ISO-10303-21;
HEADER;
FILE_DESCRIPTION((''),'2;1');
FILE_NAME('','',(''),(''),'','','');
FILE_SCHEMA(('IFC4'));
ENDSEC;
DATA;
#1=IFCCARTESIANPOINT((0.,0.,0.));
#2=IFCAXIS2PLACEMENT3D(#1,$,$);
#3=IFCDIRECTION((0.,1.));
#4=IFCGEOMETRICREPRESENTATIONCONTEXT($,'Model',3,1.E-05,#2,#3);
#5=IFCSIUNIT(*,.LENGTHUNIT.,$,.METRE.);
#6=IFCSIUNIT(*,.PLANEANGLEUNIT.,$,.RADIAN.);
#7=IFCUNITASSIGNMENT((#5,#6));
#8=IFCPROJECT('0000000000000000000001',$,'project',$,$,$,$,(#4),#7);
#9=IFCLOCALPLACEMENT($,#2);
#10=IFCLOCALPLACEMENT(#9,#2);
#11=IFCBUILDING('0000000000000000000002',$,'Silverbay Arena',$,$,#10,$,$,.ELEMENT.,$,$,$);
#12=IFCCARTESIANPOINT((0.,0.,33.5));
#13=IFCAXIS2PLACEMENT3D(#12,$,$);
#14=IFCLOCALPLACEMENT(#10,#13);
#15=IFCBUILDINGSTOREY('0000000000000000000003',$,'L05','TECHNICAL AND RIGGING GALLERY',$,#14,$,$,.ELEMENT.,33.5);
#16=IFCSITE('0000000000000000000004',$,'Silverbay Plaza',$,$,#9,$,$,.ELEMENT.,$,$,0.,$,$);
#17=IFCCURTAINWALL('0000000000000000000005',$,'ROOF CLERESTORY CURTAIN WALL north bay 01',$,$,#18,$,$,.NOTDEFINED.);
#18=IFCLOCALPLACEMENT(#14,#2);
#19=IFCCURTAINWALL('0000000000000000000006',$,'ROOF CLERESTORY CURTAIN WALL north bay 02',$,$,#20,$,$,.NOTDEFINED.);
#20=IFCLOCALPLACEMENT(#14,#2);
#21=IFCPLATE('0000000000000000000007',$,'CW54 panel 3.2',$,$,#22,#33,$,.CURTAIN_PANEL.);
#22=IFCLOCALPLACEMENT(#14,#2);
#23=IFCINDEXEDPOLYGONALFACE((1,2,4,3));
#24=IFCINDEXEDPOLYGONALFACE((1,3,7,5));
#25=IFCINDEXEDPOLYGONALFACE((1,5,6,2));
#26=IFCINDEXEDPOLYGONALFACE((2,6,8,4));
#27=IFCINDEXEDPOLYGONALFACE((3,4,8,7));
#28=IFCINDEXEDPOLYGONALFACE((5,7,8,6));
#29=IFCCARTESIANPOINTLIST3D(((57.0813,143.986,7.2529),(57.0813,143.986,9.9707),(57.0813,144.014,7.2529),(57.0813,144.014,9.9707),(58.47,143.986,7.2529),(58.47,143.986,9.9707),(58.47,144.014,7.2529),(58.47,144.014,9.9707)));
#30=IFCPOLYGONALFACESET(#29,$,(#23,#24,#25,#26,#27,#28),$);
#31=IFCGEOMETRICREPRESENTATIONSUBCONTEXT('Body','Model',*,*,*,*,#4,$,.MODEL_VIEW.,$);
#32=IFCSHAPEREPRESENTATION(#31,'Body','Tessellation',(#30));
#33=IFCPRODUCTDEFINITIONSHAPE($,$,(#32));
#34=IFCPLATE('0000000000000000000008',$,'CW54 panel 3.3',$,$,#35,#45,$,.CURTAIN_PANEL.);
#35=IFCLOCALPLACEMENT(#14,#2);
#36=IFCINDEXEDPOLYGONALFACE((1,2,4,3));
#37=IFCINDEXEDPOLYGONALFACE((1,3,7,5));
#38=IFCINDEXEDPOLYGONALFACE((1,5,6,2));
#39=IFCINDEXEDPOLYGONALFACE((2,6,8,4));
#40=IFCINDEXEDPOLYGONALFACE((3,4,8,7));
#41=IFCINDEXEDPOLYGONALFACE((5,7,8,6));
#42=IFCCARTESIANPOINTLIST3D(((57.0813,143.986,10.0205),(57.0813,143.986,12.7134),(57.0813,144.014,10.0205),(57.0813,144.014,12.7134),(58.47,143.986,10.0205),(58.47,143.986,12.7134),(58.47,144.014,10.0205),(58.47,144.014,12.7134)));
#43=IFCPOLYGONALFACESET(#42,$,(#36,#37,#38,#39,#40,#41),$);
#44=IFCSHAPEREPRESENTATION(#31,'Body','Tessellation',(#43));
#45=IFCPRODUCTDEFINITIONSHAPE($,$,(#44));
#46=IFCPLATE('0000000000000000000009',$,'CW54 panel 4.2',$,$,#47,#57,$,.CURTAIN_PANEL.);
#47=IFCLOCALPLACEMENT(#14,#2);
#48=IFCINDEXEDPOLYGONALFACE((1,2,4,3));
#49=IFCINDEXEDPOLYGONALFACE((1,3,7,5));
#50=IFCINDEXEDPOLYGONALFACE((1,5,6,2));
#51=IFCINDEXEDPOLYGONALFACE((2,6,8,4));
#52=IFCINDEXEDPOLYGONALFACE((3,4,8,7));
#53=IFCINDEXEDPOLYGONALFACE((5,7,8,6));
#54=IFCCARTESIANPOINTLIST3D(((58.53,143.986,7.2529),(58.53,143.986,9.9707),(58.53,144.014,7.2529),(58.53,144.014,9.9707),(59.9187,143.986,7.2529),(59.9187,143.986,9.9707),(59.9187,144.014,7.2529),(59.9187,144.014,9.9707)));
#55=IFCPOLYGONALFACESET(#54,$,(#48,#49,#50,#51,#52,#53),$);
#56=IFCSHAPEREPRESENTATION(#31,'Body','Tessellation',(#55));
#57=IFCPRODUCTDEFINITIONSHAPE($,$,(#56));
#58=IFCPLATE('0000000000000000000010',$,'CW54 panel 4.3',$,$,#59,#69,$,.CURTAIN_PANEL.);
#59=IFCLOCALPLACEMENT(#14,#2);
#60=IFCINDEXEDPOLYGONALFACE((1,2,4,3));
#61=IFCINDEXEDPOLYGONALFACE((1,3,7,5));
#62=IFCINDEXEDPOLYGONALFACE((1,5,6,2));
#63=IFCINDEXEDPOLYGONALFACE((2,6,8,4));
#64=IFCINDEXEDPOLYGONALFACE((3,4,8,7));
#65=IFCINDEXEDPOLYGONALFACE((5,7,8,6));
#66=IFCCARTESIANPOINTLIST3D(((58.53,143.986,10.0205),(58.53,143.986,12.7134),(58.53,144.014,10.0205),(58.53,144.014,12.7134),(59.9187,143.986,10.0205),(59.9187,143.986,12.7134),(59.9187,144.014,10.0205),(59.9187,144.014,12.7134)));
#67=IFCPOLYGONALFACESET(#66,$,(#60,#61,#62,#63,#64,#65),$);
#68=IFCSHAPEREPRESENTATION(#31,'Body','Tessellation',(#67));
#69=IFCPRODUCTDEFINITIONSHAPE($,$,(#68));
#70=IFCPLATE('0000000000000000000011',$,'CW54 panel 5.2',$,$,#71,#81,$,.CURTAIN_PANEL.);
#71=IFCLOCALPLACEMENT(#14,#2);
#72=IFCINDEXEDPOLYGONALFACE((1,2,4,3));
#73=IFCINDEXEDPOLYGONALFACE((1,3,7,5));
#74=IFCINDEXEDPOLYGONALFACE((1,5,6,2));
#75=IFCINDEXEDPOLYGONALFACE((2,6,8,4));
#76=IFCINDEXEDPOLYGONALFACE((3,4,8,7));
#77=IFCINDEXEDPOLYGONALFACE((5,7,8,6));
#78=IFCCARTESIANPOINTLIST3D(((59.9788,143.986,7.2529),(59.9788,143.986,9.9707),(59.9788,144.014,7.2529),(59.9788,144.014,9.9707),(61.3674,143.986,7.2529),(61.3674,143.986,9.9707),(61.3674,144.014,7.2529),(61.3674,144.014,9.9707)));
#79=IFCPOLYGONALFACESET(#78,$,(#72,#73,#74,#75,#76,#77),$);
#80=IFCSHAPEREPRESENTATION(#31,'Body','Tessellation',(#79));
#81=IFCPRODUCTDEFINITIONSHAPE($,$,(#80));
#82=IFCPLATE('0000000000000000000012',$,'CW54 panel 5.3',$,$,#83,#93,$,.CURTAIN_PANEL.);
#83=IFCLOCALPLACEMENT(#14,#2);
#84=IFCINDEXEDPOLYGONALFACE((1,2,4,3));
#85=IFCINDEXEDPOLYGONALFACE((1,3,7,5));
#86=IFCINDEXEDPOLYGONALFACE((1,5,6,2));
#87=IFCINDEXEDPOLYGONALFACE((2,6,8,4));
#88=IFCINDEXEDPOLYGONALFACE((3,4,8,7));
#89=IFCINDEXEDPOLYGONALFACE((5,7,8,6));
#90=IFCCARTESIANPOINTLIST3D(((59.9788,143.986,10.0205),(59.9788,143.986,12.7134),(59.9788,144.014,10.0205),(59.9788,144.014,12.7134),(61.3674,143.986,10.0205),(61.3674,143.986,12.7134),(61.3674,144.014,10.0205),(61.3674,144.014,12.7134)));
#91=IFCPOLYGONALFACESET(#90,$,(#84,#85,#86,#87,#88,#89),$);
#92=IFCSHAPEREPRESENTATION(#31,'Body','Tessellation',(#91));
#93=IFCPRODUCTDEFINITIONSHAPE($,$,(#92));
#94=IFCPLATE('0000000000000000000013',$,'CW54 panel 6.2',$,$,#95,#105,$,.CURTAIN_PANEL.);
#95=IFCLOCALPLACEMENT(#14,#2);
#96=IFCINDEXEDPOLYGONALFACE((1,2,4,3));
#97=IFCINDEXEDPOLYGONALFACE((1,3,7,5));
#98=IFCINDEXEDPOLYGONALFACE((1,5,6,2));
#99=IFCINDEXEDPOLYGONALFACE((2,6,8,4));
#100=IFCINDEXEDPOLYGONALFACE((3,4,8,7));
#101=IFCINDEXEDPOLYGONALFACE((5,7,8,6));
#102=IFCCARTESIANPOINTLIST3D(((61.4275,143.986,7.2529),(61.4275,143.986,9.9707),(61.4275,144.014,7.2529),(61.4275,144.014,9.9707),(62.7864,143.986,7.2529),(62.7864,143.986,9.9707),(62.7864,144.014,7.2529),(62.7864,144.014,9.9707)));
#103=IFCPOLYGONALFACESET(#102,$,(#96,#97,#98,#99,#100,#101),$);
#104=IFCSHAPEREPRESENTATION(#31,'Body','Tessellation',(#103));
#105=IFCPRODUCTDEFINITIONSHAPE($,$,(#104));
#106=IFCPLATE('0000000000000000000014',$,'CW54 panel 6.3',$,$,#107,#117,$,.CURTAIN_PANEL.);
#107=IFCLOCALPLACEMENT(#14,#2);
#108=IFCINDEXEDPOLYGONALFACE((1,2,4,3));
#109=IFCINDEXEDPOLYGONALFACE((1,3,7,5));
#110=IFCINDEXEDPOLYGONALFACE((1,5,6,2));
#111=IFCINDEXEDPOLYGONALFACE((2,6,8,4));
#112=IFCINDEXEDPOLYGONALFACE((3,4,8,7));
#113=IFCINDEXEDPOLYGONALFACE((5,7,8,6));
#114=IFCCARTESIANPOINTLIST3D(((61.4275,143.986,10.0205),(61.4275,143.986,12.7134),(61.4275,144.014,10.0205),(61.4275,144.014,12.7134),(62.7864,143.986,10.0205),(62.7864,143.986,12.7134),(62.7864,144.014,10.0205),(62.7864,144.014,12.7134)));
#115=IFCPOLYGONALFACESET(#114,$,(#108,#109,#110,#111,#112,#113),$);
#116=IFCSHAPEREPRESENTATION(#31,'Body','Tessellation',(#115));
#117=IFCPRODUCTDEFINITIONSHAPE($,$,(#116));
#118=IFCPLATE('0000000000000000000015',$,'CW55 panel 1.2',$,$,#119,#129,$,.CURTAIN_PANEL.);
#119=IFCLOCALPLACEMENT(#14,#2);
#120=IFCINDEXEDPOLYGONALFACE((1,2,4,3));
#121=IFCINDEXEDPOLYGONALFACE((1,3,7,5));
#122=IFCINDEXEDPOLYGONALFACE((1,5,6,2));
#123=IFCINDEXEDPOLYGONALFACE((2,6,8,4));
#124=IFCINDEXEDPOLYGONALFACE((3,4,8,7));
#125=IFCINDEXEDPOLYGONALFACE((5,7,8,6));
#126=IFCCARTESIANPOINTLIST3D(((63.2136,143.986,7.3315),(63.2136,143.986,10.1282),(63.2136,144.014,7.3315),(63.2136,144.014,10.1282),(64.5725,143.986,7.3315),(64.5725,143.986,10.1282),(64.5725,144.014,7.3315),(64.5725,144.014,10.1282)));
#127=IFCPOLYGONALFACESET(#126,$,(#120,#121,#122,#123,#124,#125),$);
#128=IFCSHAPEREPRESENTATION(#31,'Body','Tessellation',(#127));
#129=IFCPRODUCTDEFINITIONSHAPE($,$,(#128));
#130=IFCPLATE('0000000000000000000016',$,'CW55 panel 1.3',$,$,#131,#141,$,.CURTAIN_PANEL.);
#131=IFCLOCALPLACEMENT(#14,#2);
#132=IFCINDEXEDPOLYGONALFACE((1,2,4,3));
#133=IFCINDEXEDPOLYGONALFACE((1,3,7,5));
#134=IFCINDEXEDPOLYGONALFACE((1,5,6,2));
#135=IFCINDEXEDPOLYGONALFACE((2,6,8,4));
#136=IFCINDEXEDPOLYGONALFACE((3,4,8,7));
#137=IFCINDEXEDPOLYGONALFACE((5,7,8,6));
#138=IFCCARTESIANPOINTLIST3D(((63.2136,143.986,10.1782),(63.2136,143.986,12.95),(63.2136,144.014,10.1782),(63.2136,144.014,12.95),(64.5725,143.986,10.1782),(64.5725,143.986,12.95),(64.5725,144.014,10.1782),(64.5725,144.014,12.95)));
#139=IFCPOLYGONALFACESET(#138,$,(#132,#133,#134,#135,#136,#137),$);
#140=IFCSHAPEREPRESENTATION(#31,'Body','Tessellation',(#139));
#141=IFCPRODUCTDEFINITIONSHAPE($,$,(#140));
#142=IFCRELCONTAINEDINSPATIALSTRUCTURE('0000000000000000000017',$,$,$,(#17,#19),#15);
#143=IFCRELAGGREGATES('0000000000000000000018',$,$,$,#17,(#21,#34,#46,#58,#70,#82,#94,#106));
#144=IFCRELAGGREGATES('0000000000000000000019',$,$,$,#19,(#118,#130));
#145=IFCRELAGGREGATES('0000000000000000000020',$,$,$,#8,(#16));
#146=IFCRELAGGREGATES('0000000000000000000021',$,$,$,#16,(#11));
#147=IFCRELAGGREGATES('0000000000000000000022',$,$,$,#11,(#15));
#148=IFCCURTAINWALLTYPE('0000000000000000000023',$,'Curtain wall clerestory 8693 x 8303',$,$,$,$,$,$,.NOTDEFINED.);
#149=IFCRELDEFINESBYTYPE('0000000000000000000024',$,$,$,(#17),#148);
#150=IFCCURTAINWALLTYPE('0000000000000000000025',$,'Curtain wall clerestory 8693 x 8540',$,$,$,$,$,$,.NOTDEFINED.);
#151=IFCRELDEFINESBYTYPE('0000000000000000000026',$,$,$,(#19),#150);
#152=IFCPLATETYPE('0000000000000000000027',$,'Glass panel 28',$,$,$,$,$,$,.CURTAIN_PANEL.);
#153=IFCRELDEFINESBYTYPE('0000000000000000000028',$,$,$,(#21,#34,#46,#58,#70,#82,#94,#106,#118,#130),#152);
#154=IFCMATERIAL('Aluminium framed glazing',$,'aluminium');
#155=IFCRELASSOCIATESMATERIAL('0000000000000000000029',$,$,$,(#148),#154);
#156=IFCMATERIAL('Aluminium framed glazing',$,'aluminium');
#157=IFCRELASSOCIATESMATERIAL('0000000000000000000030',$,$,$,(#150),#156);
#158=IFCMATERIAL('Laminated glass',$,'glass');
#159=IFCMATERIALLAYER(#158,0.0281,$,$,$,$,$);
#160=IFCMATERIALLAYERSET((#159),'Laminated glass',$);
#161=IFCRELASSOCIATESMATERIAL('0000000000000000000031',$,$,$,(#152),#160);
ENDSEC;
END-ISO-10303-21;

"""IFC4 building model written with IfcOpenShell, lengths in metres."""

from ifc_helpers import new_model, si_unit, direction, frame, origin, origin_2d, place, context, subcontext, project, spatial, rectangle, extrude, material, layer, layer_set, type_object, element, aggregate, save


model = new_model("IFC4")

# Units and contexts
model_context = context("Model", 3, precision=1e-05, world=origin(), true_north=direction((0.0, 1.0)))
body_context = subcontext(model_context, "Body", "Model", "MODEL_VIEW")
ifc_project = project(units=[si_unit("LENGTHUNIT", "METRE"), si_unit("PLANEANGLEUNIT", "RADIAN")], contexts=[model_context])

# Site, building, storey
site_placement = place(None, origin())
site = spatial("IfcSite", under=ifc_project, at=site_placement, Name="Silverbay Plaza", CompositionType="ELEMENT", RefElevation=0.0)
building_placement = place(site_placement, origin())
building = spatial("IfcBuilding", under=site, at=building_placement, Name="Silverbay Arena", CompositionType="ELEMENT")
storey_placement = place(building_placement, frame((0.0, 0.0, 33.5)))
storey = spatial("IfcBuildingStorey", under=building, at=storey_placement, Name="L05", Description="TECHNICAL AND RIGGING GALLERY", CompositionType="ELEMENT", Elevation=33.5)

# Curtain walls
ifc_material_1 = material(Name="Aluminium framed glazing", Category="aluminium")
curtain_wall_type_1 = type_object("IfcCurtainWallType", Name="Curtain wall clerestory 8693 x 8303", PredefinedType="NOTDEFINED", material=ifc_material_1)
curtain_wall_1_placement = place(storey_placement, origin())
curtain_wall_1 = element("IfcCurtainWall", 1, at=curtain_wall_1_placement, inside=storey, type_object=curtain_wall_type_1, Name="ROOF CLERESTORY CURTAIN WALL north bay 01", PredefinedType="NOTDEFINED")
ifc_material_2 = material(Name="Aluminium framed glazing", Category="aluminium")
curtain_wall_type_2 = type_object("IfcCurtainWallType", Name="Curtain wall clerestory 8693 x 8540", PredefinedType="NOTDEFINED", material=ifc_material_2)
curtain_wall_2_placement = place(storey_placement, origin())
curtain_wall_2 = element("IfcCurtainWall", 2, at=curtain_wall_2_placement, inside=storey, type_object=curtain_wall_type_2, Name="ROOF CLERESTORY CURTAIN WALL north bay 02", PredefinedType="NOTDEFINED")

# Plates
ifc_material_3 = material(Name="Laminated glass", Category="glass")
ifc_layer = layer(ifc_material_3, 0.0281)
ifc_layer_set = layer_set([ifc_layer], Name="Laminated glass")
plate_type = type_object("IfcPlateType", Name="Glass panel 28", PredefinedType="CURTAIN_PANEL", material=ifc_layer_set)
plate_1_placement = place(storey_placement, frame((57.7756, 144.0, 7.2529), z_axis=(0.0, 0.0, 1.0), x_axis=(1.0, 0.0, 0.0)))
plate_1 = element("IfcPlate", 3, at=plate_1_placement, type_object=plate_type, Name="CW54 panel 3.2", PredefinedType="CURTAIN_PANEL", context=body_context, shape_type="SweptSolid", body=[
    extrude(rectangle(XDim=1.3887, YDim=0.0281, at=origin_2d()), origin(), (0.0, 0.0, 1.0), 2.7178),
])
plate_2_placement = place(storey_placement, frame((57.7756, 144.0, 10.0205), z_axis=(0.0, 0.0, 1.0), x_axis=(1.0, 0.0, 0.0)))
plate_2 = element("IfcPlate", 4, at=plate_2_placement, type_object=plate_type, Name="CW54 panel 3.3", PredefinedType="CURTAIN_PANEL", context=body_context, shape_type="SweptSolid", body=[
    extrude(rectangle(XDim=1.3887, YDim=0.0281, at=origin_2d()), origin(), (0.0, 0.0, 1.0), 2.6929),
])
plate_3_placement = place(storey_placement, frame((59.2244, 144.0, 7.2529), z_axis=(0.0, 0.0, 1.0), x_axis=(1.0, 0.0, 0.0)))
plate_3 = element("IfcPlate", 5, at=plate_3_placement, type_object=plate_type, Name="CW54 panel 4.2", PredefinedType="CURTAIN_PANEL", context=body_context, shape_type="SweptSolid", body=[
    extrude(rectangle(XDim=1.3887, YDim=0.0281, at=origin_2d()), origin(), (0.0, 0.0, 1.0), 2.7178),
])
plate_4_placement = place(storey_placement, frame((59.2244, 144.0, 10.0205), z_axis=(0.0, 0.0, 1.0), x_axis=(1.0, 0.0, 0.0)))
plate_4 = element("IfcPlate", 6, at=plate_4_placement, type_object=plate_type, Name="CW54 panel 4.3", PredefinedType="CURTAIN_PANEL", context=body_context, shape_type="SweptSolid", body=[
    extrude(rectangle(XDim=1.3887, YDim=0.0281, at=origin_2d()), origin(), (0.0, 0.0, 1.0), 2.6929),
])
plate_5_placement = place(storey_placement, frame((60.6731, 144.0, 7.2529), z_axis=(0.0, 0.0, 1.0), x_axis=(1.0, 0.0, 0.0)))
plate_5 = element("IfcPlate", 7, at=plate_5_placement, type_object=plate_type, Name="CW54 panel 5.2", PredefinedType="CURTAIN_PANEL", context=body_context, shape_type="SweptSolid", body=[
    extrude(rectangle(XDim=1.3887, YDim=0.0281, at=origin_2d()), origin(), (0.0, 0.0, 1.0), 2.7178),
])
plate_6_placement = place(storey_placement, frame((60.6731, 144.0, 10.0205), z_axis=(0.0, 0.0, 1.0), x_axis=(1.0, 0.0, 0.0)))
plate_6 = element("IfcPlate", 8, at=plate_6_placement, type_object=plate_type, Name="CW54 panel 5.3", PredefinedType="CURTAIN_PANEL", context=body_context, shape_type="SweptSolid", body=[
    extrude(rectangle(XDim=1.3887, YDim=0.0281, at=origin_2d()), origin(), (0.0, 0.0, 1.0), 2.6929),
])
plate_7_placement = place(storey_placement, frame((62.1069, 144.0, 7.2529), z_axis=(0.0, 0.0, 1.0), x_axis=(1.0, 0.0, 0.0)))
plate_7 = element("IfcPlate", 9, at=plate_7_placement, type_object=plate_type, Name="CW54 panel 6.2", PredefinedType="CURTAIN_PANEL", context=body_context, shape_type="SweptSolid", body=[
    extrude(rectangle(XDim=1.3589, YDim=0.0281, at=origin_2d()), origin(), (0.0, 0.0, 1.0), 2.7178),
])
plate_8_placement = place(storey_placement, frame((62.1069, 144.0, 10.0205), z_axis=(0.0, 0.0, 1.0), x_axis=(1.0, 0.0, 0.0)))
plate_8 = element("IfcPlate", 10, at=plate_8_placement, type_object=plate_type, Name="CW54 panel 6.3", PredefinedType="CURTAIN_PANEL", context=body_context, shape_type="SweptSolid", body=[
    extrude(rectangle(XDim=1.3589, YDim=0.0281, at=origin_2d()), origin(), (0.0, 0.0, 1.0), 2.6929),
])
aggregate(curtain_wall_1, [plate_1, plate_2, plate_3, plate_4, plate_5, plate_6, plate_7, plate_8])
plate_9_placement = place(storey_placement, frame((63.8931, 144.0, 7.3315), z_axis=(0.0, 0.0, 1.0), x_axis=(1.0, 0.0, 0.0)))
plate_9 = element("IfcPlate", 11, at=plate_9_placement, type_object=plate_type, Name="CW55 panel 1.2", PredefinedType="CURTAIN_PANEL", context=body_context, shape_type="SweptSolid", body=[
    extrude(rectangle(XDim=1.3589, YDim=0.0281, at=origin_2d()), origin(), (0.0, 0.0, 1.0), 2.7966),
])
plate_10_placement = place(storey_placement, frame((63.8931, 144.0, 10.1782), z_axis=(0.0, 0.0, 1.0), x_axis=(1.0, 0.0, 0.0)))
plate_10 = element("IfcPlate", 12, at=plate_10_placement, type_object=plate_type, Name="CW55 panel 1.3", PredefinedType="CURTAIN_PANEL", context=body_context, shape_type="SweptSolid", body=[
    extrude(rectangle(XDim=1.3589, YDim=0.0281, at=origin_2d()), origin(), (0.0, 0.0, 1.0), 2.7717),
])
aggregate(curtain_wall_2, [plate_9, plate_10])

save(model, "model.ifc")
